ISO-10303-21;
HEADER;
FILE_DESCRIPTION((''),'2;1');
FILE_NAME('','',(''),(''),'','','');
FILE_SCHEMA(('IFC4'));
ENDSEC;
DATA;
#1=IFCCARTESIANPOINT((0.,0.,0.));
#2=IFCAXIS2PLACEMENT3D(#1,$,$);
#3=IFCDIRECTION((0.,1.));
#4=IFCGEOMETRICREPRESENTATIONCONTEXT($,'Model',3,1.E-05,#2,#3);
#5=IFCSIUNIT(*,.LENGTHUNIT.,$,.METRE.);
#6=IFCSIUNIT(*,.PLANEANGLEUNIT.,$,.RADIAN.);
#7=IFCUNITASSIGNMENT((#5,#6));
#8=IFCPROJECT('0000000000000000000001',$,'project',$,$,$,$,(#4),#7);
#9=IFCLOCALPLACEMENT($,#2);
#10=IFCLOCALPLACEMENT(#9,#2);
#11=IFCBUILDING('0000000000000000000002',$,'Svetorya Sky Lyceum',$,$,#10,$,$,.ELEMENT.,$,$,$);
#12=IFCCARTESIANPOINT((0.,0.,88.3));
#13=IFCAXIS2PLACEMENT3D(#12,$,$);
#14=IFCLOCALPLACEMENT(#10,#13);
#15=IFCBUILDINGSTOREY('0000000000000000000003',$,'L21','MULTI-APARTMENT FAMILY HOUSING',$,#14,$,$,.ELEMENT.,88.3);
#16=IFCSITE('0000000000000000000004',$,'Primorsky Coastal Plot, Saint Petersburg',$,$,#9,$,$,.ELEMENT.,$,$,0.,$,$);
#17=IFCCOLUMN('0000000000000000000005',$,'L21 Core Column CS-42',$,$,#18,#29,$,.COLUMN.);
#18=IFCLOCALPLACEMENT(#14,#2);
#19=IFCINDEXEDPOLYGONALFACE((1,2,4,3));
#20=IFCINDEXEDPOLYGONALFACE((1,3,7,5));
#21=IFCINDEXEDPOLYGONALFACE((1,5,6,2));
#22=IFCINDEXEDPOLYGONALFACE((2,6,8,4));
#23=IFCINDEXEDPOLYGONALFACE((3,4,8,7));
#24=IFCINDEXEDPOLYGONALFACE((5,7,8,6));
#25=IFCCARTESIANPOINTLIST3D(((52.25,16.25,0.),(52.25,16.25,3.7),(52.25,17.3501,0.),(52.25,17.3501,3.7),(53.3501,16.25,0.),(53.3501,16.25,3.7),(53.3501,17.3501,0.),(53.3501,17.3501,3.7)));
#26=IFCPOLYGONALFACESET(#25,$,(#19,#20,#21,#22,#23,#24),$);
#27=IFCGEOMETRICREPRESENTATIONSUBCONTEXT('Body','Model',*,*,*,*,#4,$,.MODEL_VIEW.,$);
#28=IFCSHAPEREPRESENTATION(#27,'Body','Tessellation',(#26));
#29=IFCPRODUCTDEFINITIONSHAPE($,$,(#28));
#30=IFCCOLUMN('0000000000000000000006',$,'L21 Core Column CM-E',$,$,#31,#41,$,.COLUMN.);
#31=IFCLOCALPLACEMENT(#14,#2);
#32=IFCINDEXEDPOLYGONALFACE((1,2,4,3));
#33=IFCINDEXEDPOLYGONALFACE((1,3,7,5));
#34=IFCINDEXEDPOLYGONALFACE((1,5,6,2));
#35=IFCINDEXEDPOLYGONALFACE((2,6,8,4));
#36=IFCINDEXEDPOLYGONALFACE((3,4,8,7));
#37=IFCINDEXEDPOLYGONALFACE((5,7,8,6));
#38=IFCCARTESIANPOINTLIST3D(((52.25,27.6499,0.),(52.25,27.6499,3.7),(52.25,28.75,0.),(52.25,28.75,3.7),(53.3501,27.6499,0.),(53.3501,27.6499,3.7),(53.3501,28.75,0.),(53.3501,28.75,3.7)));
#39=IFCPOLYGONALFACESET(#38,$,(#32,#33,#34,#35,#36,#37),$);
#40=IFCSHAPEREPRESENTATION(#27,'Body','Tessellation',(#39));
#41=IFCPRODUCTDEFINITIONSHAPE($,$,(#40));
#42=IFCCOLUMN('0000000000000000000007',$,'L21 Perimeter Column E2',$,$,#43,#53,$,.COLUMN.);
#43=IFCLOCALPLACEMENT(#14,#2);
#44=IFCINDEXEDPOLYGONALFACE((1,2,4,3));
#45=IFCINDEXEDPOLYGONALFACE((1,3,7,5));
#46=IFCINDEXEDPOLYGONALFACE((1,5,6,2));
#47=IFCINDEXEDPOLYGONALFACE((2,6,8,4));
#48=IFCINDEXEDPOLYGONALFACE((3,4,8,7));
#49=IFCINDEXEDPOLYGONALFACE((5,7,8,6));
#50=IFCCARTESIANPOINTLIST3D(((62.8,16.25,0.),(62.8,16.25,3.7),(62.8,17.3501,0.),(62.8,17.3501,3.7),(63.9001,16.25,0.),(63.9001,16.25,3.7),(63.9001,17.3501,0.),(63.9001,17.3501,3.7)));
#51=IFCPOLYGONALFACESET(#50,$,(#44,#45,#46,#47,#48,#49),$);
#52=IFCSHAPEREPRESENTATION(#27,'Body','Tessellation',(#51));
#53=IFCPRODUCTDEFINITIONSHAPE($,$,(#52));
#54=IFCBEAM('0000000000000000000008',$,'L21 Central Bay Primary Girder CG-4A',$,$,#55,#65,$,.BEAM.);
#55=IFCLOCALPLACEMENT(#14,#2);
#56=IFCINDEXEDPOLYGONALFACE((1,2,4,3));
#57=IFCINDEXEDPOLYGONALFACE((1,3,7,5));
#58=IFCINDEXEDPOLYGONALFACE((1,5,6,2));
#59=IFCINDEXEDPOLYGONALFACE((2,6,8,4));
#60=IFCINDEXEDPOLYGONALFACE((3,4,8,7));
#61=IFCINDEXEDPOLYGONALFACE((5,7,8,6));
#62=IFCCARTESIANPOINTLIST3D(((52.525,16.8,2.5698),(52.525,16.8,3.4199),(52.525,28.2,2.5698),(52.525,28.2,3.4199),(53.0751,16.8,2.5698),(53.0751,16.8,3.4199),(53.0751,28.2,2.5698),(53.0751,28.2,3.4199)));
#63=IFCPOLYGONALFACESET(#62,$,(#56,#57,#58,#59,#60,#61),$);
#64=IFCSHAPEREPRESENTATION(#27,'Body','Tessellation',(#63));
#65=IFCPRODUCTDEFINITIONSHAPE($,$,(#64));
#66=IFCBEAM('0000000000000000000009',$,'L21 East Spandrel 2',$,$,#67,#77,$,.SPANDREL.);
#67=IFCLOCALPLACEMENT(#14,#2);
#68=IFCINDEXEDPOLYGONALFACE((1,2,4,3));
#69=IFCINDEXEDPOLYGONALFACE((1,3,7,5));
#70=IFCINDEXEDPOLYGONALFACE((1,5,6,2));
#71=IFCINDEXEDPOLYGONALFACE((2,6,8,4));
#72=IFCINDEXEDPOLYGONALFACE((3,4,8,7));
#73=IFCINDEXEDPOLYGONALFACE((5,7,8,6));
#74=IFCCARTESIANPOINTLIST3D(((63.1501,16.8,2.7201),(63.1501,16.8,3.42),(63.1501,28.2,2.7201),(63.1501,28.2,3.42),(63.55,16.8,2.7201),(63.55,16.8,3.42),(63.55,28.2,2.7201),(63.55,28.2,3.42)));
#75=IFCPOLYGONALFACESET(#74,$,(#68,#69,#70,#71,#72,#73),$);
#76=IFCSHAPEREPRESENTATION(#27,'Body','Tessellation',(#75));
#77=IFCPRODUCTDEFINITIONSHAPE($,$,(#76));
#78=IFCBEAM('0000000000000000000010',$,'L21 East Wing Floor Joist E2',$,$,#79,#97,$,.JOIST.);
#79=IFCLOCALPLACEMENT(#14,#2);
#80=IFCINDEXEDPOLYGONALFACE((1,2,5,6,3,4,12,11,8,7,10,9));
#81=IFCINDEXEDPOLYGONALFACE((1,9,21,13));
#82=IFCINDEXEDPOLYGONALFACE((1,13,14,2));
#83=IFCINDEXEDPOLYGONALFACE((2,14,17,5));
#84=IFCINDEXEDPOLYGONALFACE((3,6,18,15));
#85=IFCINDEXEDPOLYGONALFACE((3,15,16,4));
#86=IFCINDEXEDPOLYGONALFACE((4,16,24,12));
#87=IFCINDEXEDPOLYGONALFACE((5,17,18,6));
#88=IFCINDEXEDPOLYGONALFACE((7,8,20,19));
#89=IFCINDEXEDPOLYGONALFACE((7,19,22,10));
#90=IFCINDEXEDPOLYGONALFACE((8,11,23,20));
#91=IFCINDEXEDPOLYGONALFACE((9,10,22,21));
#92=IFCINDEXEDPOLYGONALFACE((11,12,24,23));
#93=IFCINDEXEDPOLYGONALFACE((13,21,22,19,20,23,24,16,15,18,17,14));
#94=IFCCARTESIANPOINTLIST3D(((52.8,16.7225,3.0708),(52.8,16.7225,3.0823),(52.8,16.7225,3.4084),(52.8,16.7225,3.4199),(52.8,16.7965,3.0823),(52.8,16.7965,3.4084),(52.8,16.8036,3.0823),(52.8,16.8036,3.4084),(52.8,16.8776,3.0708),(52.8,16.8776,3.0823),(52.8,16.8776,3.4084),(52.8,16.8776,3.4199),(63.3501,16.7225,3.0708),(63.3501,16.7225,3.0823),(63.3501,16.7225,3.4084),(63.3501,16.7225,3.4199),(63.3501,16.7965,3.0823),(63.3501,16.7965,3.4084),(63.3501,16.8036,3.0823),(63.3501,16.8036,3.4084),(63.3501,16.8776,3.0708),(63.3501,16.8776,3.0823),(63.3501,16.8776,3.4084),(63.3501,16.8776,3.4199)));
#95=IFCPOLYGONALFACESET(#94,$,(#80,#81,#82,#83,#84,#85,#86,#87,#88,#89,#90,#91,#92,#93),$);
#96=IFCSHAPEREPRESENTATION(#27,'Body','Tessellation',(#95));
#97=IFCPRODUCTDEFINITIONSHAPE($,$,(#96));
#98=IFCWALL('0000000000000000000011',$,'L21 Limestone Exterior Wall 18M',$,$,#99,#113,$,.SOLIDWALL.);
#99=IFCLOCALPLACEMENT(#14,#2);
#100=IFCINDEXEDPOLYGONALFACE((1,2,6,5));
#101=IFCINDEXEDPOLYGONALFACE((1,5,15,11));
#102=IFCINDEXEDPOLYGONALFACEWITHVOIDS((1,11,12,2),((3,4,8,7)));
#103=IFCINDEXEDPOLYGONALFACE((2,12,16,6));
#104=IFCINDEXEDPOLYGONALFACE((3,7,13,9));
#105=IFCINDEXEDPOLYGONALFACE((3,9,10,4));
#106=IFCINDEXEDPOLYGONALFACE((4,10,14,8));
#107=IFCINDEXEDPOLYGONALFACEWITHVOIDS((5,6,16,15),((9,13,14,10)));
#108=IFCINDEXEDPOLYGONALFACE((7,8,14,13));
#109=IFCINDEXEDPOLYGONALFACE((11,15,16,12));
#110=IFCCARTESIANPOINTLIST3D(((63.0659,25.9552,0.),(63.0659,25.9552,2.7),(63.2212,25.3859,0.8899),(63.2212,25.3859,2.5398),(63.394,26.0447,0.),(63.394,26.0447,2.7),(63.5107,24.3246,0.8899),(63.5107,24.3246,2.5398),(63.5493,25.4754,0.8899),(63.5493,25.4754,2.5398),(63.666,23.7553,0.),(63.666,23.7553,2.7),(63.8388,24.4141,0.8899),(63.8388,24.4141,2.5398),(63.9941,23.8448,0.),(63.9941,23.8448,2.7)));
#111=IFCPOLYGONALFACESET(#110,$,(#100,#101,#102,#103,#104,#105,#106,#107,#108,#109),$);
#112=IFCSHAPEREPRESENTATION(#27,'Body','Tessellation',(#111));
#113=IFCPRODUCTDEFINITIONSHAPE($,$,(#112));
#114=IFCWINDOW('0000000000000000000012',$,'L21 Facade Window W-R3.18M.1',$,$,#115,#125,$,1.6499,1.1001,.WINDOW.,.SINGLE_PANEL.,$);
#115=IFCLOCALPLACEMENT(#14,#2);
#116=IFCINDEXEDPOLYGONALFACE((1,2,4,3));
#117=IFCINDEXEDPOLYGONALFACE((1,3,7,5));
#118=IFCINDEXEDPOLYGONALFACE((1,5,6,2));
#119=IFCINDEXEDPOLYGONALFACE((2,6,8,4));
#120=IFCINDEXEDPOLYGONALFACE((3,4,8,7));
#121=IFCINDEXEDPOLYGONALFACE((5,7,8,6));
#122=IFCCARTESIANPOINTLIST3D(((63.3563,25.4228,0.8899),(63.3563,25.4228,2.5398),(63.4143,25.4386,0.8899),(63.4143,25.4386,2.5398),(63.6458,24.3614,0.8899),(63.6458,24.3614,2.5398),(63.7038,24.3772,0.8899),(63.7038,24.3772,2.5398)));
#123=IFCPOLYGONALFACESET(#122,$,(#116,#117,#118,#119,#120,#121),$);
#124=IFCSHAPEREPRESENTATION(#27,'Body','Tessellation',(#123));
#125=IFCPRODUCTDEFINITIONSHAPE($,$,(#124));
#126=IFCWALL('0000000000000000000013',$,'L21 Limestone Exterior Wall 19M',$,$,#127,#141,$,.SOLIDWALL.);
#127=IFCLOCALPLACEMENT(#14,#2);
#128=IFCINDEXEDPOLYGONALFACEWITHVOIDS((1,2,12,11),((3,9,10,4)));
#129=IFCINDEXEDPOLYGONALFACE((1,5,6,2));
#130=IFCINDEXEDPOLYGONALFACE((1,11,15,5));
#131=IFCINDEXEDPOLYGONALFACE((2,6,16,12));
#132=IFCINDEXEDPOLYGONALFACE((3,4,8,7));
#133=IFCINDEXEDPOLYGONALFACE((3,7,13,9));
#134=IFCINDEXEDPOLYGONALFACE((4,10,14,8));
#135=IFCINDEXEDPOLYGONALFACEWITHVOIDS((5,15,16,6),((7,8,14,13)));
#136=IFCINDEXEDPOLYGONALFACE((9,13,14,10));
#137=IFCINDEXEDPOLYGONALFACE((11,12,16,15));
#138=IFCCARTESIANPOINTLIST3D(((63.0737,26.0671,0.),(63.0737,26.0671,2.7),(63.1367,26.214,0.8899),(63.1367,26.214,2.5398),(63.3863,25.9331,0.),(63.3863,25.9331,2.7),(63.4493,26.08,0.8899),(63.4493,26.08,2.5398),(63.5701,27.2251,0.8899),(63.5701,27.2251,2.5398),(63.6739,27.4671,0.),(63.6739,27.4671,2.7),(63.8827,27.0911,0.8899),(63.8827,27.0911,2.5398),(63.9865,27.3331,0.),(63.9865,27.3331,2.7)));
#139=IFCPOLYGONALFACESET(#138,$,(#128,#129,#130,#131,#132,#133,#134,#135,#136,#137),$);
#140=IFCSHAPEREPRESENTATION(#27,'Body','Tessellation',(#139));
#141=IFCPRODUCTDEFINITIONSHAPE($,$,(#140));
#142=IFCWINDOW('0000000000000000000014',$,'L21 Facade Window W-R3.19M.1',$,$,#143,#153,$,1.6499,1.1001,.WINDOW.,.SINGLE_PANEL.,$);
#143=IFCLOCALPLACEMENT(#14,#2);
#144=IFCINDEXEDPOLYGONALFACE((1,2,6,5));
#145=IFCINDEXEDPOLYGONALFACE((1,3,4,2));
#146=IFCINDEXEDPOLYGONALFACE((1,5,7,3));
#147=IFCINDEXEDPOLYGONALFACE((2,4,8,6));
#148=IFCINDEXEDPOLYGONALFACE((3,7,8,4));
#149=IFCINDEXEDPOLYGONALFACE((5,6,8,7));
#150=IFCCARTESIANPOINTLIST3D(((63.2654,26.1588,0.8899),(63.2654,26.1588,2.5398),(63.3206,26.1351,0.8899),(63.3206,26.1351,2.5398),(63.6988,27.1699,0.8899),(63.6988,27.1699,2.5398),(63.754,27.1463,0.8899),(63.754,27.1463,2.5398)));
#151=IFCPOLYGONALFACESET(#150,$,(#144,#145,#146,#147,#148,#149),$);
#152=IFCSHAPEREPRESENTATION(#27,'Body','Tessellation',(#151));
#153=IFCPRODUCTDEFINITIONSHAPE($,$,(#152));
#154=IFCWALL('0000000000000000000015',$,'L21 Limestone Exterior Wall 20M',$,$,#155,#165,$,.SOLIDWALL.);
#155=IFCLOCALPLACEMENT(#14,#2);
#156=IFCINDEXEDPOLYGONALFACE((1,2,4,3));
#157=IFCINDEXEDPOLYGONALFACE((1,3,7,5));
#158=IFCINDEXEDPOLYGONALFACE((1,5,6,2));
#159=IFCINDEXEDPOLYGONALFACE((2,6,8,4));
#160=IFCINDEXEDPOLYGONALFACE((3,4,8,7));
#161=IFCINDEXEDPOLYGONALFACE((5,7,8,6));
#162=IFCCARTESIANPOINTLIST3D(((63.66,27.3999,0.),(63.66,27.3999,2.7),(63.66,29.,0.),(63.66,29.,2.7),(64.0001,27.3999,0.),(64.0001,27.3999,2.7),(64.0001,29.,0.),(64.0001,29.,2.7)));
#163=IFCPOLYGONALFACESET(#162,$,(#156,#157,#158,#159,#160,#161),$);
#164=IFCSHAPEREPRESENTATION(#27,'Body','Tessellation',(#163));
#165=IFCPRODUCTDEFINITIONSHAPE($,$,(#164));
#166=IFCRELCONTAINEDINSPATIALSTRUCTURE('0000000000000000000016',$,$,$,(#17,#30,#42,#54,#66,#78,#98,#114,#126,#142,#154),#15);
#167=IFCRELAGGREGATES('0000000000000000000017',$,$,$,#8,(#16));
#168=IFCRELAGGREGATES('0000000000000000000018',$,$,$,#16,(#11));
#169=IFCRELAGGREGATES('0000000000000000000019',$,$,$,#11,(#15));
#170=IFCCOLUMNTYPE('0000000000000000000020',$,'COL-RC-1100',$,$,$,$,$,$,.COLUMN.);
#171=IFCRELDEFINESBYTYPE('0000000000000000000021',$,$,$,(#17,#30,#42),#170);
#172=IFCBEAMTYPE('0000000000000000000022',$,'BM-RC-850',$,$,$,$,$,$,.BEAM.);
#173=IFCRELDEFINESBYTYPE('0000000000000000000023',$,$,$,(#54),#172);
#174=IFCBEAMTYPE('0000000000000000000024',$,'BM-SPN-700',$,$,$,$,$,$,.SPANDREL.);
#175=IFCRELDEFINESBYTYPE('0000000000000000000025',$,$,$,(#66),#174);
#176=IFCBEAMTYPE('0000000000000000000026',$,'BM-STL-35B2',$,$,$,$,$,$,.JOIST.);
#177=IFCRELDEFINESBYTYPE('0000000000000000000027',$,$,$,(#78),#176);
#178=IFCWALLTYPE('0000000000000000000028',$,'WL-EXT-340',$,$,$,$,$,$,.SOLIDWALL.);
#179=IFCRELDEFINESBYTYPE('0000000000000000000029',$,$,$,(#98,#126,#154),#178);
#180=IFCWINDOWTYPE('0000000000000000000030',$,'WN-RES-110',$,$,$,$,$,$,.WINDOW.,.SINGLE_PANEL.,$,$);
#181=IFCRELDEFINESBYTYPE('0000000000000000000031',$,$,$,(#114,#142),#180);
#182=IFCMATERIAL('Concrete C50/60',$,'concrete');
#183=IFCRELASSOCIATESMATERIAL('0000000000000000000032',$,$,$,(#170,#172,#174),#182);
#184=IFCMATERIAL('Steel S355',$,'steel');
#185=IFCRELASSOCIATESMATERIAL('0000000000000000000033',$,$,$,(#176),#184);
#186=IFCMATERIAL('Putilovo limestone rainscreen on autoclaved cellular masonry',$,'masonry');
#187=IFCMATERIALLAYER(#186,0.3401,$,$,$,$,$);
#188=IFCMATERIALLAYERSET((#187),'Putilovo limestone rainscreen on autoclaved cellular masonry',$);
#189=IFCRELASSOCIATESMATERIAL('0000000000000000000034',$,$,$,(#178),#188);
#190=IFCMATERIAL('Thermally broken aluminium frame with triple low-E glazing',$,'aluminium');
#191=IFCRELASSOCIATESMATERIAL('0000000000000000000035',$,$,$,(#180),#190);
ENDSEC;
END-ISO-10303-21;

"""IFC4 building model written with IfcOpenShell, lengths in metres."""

from ifc_helpers import new_model, si_unit, direction, frame, frame_2d, origin, origin_2d, place, context, subcontext, project, spatial, rectangle, i_section, extrude, material, layer, layer_set, material_profile, profile_set, type_object, element, fill, save


model = new_model("IFC4")

# Units and contexts
model_context = context("Model", 3, precision=1e-05, world=origin(), true_north=direction((0.0, 1.0)))
body_context = subcontext(model_context, "Body", "Model", "MODEL_VIEW")
ifc_project = project(units=[si_unit("LENGTHUNIT", "METRE"), si_unit("PLANEANGLEUNIT", "RADIAN")], contexts=[model_context])

# Site, building, storey
site_placement = place(None, origin())
site = spatial("IfcSite", under=ifc_project, at=site_placement, Name="Primorsky Coastal Plot, Saint Petersburg", CompositionType="ELEMENT", RefElevation=0.0)
building_placement = place(site_placement, origin())
building = spatial("IfcBuilding", under=site, at=building_placement, Name="Svetorya Sky Lyceum", CompositionType="ELEMENT")
storey_placement = place(building_placement, frame((0.0, 0.0, 88.3)))
storey = spatial("IfcBuildingStorey", under=building, at=storey_placement, Name="L21", Description="MULTI-APARTMENT FAMILY HOUSING", CompositionType="ELEMENT", Elevation=88.3)

# Columns
ifc_material_1 = material(Name="Concrete C50/60", Category="concrete")
ifc_material_profile_1 = material_profile(ifc_material_1, rectangle(XDim=1.1001, YDim=1.1001, at=origin_2d()), Name="RC COL 1100x1100")
ifc_profile_set_1 = profile_set([ifc_material_profile_1], Name="Concrete C50/60")
column_type = type_object("IfcColumnType", Name="COL-RC-1100", PredefinedType="COLUMN", material=ifc_profile_set_1)
for number, where, z_axis, x_axis, name in (
    (1, (52.8, 16.8, 0.0), (0.0, 0.0, 1.0), (1.0, 0.0, 0.0), "L21 Core Column CS-42"),
    (2, (52.8, 28.2, 0.0), (0.0, 0.0, 1.0), (1.0, 0.0, 0.0), "L21 Core Column CM-E"),
    (3, (63.3501, 16.8, 0.0), (0.0, 0.0, 1.0), (1.0, 0.0, 0.0), "L21 Perimeter Column E2"),
):
    element("IfcColumn", number, at=place(storey_placement, frame(where, z_axis=z_axis, x_axis=x_axis)), inside=storey, type_object=column_type, Name=name, PredefinedType="COLUMN", context=body_context, shape_type="SweptSolid", body=[
        extrude(rectangle(XDim=1.1001, YDim=1.1001, at=origin_2d()), origin(), (0.0, 0.0, 1.0), 3.7),
    ])

# Beams
ifc_material_profile_2 = material_profile(ifc_material_1, rectangle(XDim=0.55, YDim=0.8501, at=origin_2d()), Name="RC BEAM 550x850")
ifc_profile_set_2 = profile_set([ifc_material_profile_2], Name="Concrete C50/60")
beam_type_1 = type_object("IfcBeamType", Name="BM-RC-850", PredefinedType="BEAM", material=ifc_profile_set_2)
beam_1_placement = place(storey_placement, frame((52.8, 16.8, 2.9949), z_axis=(0.0, 1.0, 0.0), x_axis=(-1.0, 0.0, 0.0)))
element("IfcBeam", 4, at=beam_1_placement, inside=storey, type_object=beam_type_1, Name="L21 Central Bay Primary Girder CG-4A", PredefinedType="BEAM", context=body_context, shape_type="SweptSolid", body=[
    extrude(rectangle(XDim=0.55, YDim=0.8501, at=origin_2d()), origin(), (0.0, 0.0, 1.0), 11.3999),
])
ifc_material_profile_3 = material_profile(ifc_material_1, rectangle(XDim=0.3999, YDim=0.7, at=origin_2d()), Name="RC SPANDREL 400x700")
ifc_profile_set_3 = profile_set([ifc_material_profile_3], Name="Concrete C50/60")
beam_type_2 = type_object("IfcBeamType", Name="BM-SPN-700", PredefinedType="SPANDREL", material=ifc_profile_set_3)
beam_2_placement = place(storey_placement, frame((63.3501, 16.8, 3.0701), z_axis=(0.0, 1.0, 0.0), x_axis=(-1.0, 0.0, 0.0)))
element("IfcBeam", 5, at=beam_2_placement, inside=storey, type_object=beam_type_2, Name="L21 East Spandrel 2", PredefinedType="SPANDREL", context=body_context, shape_type="SweptSolid", body=[
    extrude(rectangle(XDim=0.3999, YDim=0.7, at=origin_2d()), origin(), (0.0, 0.0, 1.0), 11.3999),
])
ifc_material_2 = material(Name="Steel S355", Category="steel")
ifc_material_profile_4 = material_profile(ifc_material_2, i_section(OverallWidth=0.155, OverallDepth=0.3491, WebThickness=0.0071, FlangeThickness=0.0115, at=origin_2d()), Name="GOST 35B2")
ifc_profile_set_4 = profile_set([ifc_material_profile_4], Name="Steel S355")
beam_type_3 = type_object("IfcBeamType", Name="BM-STL-35B2", PredefinedType="JOIST", material=ifc_profile_set_4)
beam_3_placement = place(storey_placement, frame((52.8, 16.8, 3.2454), z_axis=(1.0, 0.0, 0.0), x_axis=(0.0, 1.0, 0.0)))
element("IfcBeam", 6, at=beam_3_placement, inside=storey, type_object=beam_type_3, Name="L21 East Wing Floor Joist E2", PredefinedType="JOIST", context=body_context, shape_type="SweptSolid", body=[
    extrude(i_section(OverallWidth=0.155, OverallDepth=0.3491, WebThickness=0.0071, FlangeThickness=0.0115, at=origin_2d()), origin(), (0.0, 0.0, 1.0), 10.55),
])

# Walls, openings, windows
ifc_material_3 = material(Name="Putilovo limestone rainscreen on autoclaved cellular masonry", Category="masonry")
ifc_layer_1 = layer(ifc_material_3, 0.3401)
ifc_layer_set_1 = layer_set([ifc_layer_1], Name="Putilovo limestone rainscreen on autoclaved cellular masonry")
wall_type_1 = type_object("IfcWallType", Name="WL-EXT-340", PredefinedType="SOLIDWALL", material=ifc_layer_set_1)
wall_1_placement = place(storey_placement, frame((63.8301, 23.8, 0.0), z_axis=(0.0, 0.0, 1.0), x_axis=(-0.263163, 0.964751, 0.0)))
wall_1 = element("IfcWall", 7, at=wall_1_placement, inside=storey, type_object=wall_type_1, Name="L21 Limestone Exterior Wall 18M", PredefinedType="SOLIDWALL", context=body_context, shape_type="SweptSolid", body=[
    extrude(rectangle(XDim=2.2803, YDim=0.3401, at=frame_2d((1.1401, 0.0))), origin(), (0.0, 0.0, 1.0), 2.7),
])
opening_1_placement = place(wall_1_placement, frame((0.5901, 0.0, 0.8899)))
opening_1 = element("IfcOpeningElement", 8, at=opening_1_placement, cuts=wall_1, PredefinedType="OPENING", context=body_context, shape_type="SweptSolid", body=[
    extrude(rectangle(XDim=1.1001, YDim=1.6499, at=frame_2d((0.55, 0.825))), frame((0.0, 0.1799, 0.0), z_axis=(0.0, -1.0, 0.0), x_axis=(1.0, 0.0, 0.0)), (0.0, 0.0, 1.0), 0.3601),
])
ifc_material_4 = material(Name="Thermally broken aluminium frame with triple low-E glazing", Category="aluminium")
window_type = type_object("IfcWindowType", Name="WN-RES-110", PartitioningType="SINGLE_PANEL", PredefinedType="WINDOW", material=ifc_material_4)
window_1_placement = place(opening_1_placement, origin())
window_1 = element("IfcWindow", 9, at=window_1_placement, inside=storey, type_object=window_type, Name="L21 Facade Window W-R3.18M.1", OverallHeight=1.6499, OverallWidth=1.1001, PartitioningType="SINGLE_PANEL", PredefinedType="WINDOW", context=body_context, shape_type="SweptSolid", body=[
    extrude(rectangle(XDim=1.1001, YDim=1.6499, at=frame_2d((0.55, 0.825))), frame((0.0, 0.03, 0.0), z_axis=(0.0, -1.0, 0.0), x_axis=(1.0, 0.0, 0.0)), (0.0, 0.0, 1.0), 0.0601),
])
fill(opening_1, window_1)
wall_2_placement = place(storey_placement, frame((63.23, 26.0, 0.0), z_axis=(0.0, 0.0, 1.0), x_axis=(0.393997, 0.919112, 0.0)))
wall_2 = element("IfcWall", 10, at=wall_2_placement, inside=storey, type_object=wall_type_1, Name="L21 Limestone Exterior Wall 19M", PredefinedType="SOLIDWALL", context=body_context, shape_type="SweptSolid", body=[
    extrude(rectangle(XDim=1.5232, YDim=0.3401, at=frame_2d((0.7617, 0.0))), origin(), (0.0, 0.0, 1.0), 2.7),
])
opening_2_placement = place(wall_2_placement, frame((0.1599, 0.0, 0.8899)))
opening_2 = element("IfcOpeningElement", 11, at=opening_2_placement, cuts=wall_2, PredefinedType="OPENING", context=body_context, shape_type="SweptSolid", body=[
    extrude(rectangle(XDim=1.1001, YDim=1.6499, at=frame_2d((0.55, 0.825))), frame((0.0, 0.1799, 0.0), z_axis=(0.0, -1.0, 0.0), x_axis=(1.0, 0.0, 0.0)), (0.0, 0.0, 1.0), 0.3601),
])
window_2_placement = place(opening_2_placement, origin())
window_2 = element("IfcWindow", 12, at=window_2_placement, inside=storey, type_object=window_type, Name="L21 Facade Window W-R3.19M.1", OverallHeight=1.6499, OverallWidth=1.1001, PartitioningType="SINGLE_PANEL", PredefinedType="WINDOW", context=body_context, shape_type="SweptSolid", body=[
    extrude(rectangle(XDim=1.1001, YDim=1.6499, at=frame_2d((0.55, 0.825))), frame((0.0, 0.03, 0.0), z_axis=(0.0, -1.0, 0.0), x_axis=(1.0, 0.0, 0.0)), (0.0, 0.0, 1.0), 0.0601),
])
fill(opening_2, window_2)

# Wall
wall_3_placement = place(storey_placement, frame((63.8301, 27.3999, 0.0), z_axis=(0.0, 0.0, 1.0), x_axis=(0.0, 1.0, 0.0)))
element("IfcWall", 13, at=wall_3_placement, inside=storey, type_object=wall_type_1, Name="L21 Limestone Exterior Wall 20M", PredefinedType="SOLIDWALL", context=body_context, shape_type="SweptSolid", body=[
    extrude(rectangle(XDim=1.6001, YDim=0.3401, at=frame_2d((0.8, 0.0))), origin(), (0.0, 0.0, 1.0), 2.7),
])

save(model, "model.ifc")
